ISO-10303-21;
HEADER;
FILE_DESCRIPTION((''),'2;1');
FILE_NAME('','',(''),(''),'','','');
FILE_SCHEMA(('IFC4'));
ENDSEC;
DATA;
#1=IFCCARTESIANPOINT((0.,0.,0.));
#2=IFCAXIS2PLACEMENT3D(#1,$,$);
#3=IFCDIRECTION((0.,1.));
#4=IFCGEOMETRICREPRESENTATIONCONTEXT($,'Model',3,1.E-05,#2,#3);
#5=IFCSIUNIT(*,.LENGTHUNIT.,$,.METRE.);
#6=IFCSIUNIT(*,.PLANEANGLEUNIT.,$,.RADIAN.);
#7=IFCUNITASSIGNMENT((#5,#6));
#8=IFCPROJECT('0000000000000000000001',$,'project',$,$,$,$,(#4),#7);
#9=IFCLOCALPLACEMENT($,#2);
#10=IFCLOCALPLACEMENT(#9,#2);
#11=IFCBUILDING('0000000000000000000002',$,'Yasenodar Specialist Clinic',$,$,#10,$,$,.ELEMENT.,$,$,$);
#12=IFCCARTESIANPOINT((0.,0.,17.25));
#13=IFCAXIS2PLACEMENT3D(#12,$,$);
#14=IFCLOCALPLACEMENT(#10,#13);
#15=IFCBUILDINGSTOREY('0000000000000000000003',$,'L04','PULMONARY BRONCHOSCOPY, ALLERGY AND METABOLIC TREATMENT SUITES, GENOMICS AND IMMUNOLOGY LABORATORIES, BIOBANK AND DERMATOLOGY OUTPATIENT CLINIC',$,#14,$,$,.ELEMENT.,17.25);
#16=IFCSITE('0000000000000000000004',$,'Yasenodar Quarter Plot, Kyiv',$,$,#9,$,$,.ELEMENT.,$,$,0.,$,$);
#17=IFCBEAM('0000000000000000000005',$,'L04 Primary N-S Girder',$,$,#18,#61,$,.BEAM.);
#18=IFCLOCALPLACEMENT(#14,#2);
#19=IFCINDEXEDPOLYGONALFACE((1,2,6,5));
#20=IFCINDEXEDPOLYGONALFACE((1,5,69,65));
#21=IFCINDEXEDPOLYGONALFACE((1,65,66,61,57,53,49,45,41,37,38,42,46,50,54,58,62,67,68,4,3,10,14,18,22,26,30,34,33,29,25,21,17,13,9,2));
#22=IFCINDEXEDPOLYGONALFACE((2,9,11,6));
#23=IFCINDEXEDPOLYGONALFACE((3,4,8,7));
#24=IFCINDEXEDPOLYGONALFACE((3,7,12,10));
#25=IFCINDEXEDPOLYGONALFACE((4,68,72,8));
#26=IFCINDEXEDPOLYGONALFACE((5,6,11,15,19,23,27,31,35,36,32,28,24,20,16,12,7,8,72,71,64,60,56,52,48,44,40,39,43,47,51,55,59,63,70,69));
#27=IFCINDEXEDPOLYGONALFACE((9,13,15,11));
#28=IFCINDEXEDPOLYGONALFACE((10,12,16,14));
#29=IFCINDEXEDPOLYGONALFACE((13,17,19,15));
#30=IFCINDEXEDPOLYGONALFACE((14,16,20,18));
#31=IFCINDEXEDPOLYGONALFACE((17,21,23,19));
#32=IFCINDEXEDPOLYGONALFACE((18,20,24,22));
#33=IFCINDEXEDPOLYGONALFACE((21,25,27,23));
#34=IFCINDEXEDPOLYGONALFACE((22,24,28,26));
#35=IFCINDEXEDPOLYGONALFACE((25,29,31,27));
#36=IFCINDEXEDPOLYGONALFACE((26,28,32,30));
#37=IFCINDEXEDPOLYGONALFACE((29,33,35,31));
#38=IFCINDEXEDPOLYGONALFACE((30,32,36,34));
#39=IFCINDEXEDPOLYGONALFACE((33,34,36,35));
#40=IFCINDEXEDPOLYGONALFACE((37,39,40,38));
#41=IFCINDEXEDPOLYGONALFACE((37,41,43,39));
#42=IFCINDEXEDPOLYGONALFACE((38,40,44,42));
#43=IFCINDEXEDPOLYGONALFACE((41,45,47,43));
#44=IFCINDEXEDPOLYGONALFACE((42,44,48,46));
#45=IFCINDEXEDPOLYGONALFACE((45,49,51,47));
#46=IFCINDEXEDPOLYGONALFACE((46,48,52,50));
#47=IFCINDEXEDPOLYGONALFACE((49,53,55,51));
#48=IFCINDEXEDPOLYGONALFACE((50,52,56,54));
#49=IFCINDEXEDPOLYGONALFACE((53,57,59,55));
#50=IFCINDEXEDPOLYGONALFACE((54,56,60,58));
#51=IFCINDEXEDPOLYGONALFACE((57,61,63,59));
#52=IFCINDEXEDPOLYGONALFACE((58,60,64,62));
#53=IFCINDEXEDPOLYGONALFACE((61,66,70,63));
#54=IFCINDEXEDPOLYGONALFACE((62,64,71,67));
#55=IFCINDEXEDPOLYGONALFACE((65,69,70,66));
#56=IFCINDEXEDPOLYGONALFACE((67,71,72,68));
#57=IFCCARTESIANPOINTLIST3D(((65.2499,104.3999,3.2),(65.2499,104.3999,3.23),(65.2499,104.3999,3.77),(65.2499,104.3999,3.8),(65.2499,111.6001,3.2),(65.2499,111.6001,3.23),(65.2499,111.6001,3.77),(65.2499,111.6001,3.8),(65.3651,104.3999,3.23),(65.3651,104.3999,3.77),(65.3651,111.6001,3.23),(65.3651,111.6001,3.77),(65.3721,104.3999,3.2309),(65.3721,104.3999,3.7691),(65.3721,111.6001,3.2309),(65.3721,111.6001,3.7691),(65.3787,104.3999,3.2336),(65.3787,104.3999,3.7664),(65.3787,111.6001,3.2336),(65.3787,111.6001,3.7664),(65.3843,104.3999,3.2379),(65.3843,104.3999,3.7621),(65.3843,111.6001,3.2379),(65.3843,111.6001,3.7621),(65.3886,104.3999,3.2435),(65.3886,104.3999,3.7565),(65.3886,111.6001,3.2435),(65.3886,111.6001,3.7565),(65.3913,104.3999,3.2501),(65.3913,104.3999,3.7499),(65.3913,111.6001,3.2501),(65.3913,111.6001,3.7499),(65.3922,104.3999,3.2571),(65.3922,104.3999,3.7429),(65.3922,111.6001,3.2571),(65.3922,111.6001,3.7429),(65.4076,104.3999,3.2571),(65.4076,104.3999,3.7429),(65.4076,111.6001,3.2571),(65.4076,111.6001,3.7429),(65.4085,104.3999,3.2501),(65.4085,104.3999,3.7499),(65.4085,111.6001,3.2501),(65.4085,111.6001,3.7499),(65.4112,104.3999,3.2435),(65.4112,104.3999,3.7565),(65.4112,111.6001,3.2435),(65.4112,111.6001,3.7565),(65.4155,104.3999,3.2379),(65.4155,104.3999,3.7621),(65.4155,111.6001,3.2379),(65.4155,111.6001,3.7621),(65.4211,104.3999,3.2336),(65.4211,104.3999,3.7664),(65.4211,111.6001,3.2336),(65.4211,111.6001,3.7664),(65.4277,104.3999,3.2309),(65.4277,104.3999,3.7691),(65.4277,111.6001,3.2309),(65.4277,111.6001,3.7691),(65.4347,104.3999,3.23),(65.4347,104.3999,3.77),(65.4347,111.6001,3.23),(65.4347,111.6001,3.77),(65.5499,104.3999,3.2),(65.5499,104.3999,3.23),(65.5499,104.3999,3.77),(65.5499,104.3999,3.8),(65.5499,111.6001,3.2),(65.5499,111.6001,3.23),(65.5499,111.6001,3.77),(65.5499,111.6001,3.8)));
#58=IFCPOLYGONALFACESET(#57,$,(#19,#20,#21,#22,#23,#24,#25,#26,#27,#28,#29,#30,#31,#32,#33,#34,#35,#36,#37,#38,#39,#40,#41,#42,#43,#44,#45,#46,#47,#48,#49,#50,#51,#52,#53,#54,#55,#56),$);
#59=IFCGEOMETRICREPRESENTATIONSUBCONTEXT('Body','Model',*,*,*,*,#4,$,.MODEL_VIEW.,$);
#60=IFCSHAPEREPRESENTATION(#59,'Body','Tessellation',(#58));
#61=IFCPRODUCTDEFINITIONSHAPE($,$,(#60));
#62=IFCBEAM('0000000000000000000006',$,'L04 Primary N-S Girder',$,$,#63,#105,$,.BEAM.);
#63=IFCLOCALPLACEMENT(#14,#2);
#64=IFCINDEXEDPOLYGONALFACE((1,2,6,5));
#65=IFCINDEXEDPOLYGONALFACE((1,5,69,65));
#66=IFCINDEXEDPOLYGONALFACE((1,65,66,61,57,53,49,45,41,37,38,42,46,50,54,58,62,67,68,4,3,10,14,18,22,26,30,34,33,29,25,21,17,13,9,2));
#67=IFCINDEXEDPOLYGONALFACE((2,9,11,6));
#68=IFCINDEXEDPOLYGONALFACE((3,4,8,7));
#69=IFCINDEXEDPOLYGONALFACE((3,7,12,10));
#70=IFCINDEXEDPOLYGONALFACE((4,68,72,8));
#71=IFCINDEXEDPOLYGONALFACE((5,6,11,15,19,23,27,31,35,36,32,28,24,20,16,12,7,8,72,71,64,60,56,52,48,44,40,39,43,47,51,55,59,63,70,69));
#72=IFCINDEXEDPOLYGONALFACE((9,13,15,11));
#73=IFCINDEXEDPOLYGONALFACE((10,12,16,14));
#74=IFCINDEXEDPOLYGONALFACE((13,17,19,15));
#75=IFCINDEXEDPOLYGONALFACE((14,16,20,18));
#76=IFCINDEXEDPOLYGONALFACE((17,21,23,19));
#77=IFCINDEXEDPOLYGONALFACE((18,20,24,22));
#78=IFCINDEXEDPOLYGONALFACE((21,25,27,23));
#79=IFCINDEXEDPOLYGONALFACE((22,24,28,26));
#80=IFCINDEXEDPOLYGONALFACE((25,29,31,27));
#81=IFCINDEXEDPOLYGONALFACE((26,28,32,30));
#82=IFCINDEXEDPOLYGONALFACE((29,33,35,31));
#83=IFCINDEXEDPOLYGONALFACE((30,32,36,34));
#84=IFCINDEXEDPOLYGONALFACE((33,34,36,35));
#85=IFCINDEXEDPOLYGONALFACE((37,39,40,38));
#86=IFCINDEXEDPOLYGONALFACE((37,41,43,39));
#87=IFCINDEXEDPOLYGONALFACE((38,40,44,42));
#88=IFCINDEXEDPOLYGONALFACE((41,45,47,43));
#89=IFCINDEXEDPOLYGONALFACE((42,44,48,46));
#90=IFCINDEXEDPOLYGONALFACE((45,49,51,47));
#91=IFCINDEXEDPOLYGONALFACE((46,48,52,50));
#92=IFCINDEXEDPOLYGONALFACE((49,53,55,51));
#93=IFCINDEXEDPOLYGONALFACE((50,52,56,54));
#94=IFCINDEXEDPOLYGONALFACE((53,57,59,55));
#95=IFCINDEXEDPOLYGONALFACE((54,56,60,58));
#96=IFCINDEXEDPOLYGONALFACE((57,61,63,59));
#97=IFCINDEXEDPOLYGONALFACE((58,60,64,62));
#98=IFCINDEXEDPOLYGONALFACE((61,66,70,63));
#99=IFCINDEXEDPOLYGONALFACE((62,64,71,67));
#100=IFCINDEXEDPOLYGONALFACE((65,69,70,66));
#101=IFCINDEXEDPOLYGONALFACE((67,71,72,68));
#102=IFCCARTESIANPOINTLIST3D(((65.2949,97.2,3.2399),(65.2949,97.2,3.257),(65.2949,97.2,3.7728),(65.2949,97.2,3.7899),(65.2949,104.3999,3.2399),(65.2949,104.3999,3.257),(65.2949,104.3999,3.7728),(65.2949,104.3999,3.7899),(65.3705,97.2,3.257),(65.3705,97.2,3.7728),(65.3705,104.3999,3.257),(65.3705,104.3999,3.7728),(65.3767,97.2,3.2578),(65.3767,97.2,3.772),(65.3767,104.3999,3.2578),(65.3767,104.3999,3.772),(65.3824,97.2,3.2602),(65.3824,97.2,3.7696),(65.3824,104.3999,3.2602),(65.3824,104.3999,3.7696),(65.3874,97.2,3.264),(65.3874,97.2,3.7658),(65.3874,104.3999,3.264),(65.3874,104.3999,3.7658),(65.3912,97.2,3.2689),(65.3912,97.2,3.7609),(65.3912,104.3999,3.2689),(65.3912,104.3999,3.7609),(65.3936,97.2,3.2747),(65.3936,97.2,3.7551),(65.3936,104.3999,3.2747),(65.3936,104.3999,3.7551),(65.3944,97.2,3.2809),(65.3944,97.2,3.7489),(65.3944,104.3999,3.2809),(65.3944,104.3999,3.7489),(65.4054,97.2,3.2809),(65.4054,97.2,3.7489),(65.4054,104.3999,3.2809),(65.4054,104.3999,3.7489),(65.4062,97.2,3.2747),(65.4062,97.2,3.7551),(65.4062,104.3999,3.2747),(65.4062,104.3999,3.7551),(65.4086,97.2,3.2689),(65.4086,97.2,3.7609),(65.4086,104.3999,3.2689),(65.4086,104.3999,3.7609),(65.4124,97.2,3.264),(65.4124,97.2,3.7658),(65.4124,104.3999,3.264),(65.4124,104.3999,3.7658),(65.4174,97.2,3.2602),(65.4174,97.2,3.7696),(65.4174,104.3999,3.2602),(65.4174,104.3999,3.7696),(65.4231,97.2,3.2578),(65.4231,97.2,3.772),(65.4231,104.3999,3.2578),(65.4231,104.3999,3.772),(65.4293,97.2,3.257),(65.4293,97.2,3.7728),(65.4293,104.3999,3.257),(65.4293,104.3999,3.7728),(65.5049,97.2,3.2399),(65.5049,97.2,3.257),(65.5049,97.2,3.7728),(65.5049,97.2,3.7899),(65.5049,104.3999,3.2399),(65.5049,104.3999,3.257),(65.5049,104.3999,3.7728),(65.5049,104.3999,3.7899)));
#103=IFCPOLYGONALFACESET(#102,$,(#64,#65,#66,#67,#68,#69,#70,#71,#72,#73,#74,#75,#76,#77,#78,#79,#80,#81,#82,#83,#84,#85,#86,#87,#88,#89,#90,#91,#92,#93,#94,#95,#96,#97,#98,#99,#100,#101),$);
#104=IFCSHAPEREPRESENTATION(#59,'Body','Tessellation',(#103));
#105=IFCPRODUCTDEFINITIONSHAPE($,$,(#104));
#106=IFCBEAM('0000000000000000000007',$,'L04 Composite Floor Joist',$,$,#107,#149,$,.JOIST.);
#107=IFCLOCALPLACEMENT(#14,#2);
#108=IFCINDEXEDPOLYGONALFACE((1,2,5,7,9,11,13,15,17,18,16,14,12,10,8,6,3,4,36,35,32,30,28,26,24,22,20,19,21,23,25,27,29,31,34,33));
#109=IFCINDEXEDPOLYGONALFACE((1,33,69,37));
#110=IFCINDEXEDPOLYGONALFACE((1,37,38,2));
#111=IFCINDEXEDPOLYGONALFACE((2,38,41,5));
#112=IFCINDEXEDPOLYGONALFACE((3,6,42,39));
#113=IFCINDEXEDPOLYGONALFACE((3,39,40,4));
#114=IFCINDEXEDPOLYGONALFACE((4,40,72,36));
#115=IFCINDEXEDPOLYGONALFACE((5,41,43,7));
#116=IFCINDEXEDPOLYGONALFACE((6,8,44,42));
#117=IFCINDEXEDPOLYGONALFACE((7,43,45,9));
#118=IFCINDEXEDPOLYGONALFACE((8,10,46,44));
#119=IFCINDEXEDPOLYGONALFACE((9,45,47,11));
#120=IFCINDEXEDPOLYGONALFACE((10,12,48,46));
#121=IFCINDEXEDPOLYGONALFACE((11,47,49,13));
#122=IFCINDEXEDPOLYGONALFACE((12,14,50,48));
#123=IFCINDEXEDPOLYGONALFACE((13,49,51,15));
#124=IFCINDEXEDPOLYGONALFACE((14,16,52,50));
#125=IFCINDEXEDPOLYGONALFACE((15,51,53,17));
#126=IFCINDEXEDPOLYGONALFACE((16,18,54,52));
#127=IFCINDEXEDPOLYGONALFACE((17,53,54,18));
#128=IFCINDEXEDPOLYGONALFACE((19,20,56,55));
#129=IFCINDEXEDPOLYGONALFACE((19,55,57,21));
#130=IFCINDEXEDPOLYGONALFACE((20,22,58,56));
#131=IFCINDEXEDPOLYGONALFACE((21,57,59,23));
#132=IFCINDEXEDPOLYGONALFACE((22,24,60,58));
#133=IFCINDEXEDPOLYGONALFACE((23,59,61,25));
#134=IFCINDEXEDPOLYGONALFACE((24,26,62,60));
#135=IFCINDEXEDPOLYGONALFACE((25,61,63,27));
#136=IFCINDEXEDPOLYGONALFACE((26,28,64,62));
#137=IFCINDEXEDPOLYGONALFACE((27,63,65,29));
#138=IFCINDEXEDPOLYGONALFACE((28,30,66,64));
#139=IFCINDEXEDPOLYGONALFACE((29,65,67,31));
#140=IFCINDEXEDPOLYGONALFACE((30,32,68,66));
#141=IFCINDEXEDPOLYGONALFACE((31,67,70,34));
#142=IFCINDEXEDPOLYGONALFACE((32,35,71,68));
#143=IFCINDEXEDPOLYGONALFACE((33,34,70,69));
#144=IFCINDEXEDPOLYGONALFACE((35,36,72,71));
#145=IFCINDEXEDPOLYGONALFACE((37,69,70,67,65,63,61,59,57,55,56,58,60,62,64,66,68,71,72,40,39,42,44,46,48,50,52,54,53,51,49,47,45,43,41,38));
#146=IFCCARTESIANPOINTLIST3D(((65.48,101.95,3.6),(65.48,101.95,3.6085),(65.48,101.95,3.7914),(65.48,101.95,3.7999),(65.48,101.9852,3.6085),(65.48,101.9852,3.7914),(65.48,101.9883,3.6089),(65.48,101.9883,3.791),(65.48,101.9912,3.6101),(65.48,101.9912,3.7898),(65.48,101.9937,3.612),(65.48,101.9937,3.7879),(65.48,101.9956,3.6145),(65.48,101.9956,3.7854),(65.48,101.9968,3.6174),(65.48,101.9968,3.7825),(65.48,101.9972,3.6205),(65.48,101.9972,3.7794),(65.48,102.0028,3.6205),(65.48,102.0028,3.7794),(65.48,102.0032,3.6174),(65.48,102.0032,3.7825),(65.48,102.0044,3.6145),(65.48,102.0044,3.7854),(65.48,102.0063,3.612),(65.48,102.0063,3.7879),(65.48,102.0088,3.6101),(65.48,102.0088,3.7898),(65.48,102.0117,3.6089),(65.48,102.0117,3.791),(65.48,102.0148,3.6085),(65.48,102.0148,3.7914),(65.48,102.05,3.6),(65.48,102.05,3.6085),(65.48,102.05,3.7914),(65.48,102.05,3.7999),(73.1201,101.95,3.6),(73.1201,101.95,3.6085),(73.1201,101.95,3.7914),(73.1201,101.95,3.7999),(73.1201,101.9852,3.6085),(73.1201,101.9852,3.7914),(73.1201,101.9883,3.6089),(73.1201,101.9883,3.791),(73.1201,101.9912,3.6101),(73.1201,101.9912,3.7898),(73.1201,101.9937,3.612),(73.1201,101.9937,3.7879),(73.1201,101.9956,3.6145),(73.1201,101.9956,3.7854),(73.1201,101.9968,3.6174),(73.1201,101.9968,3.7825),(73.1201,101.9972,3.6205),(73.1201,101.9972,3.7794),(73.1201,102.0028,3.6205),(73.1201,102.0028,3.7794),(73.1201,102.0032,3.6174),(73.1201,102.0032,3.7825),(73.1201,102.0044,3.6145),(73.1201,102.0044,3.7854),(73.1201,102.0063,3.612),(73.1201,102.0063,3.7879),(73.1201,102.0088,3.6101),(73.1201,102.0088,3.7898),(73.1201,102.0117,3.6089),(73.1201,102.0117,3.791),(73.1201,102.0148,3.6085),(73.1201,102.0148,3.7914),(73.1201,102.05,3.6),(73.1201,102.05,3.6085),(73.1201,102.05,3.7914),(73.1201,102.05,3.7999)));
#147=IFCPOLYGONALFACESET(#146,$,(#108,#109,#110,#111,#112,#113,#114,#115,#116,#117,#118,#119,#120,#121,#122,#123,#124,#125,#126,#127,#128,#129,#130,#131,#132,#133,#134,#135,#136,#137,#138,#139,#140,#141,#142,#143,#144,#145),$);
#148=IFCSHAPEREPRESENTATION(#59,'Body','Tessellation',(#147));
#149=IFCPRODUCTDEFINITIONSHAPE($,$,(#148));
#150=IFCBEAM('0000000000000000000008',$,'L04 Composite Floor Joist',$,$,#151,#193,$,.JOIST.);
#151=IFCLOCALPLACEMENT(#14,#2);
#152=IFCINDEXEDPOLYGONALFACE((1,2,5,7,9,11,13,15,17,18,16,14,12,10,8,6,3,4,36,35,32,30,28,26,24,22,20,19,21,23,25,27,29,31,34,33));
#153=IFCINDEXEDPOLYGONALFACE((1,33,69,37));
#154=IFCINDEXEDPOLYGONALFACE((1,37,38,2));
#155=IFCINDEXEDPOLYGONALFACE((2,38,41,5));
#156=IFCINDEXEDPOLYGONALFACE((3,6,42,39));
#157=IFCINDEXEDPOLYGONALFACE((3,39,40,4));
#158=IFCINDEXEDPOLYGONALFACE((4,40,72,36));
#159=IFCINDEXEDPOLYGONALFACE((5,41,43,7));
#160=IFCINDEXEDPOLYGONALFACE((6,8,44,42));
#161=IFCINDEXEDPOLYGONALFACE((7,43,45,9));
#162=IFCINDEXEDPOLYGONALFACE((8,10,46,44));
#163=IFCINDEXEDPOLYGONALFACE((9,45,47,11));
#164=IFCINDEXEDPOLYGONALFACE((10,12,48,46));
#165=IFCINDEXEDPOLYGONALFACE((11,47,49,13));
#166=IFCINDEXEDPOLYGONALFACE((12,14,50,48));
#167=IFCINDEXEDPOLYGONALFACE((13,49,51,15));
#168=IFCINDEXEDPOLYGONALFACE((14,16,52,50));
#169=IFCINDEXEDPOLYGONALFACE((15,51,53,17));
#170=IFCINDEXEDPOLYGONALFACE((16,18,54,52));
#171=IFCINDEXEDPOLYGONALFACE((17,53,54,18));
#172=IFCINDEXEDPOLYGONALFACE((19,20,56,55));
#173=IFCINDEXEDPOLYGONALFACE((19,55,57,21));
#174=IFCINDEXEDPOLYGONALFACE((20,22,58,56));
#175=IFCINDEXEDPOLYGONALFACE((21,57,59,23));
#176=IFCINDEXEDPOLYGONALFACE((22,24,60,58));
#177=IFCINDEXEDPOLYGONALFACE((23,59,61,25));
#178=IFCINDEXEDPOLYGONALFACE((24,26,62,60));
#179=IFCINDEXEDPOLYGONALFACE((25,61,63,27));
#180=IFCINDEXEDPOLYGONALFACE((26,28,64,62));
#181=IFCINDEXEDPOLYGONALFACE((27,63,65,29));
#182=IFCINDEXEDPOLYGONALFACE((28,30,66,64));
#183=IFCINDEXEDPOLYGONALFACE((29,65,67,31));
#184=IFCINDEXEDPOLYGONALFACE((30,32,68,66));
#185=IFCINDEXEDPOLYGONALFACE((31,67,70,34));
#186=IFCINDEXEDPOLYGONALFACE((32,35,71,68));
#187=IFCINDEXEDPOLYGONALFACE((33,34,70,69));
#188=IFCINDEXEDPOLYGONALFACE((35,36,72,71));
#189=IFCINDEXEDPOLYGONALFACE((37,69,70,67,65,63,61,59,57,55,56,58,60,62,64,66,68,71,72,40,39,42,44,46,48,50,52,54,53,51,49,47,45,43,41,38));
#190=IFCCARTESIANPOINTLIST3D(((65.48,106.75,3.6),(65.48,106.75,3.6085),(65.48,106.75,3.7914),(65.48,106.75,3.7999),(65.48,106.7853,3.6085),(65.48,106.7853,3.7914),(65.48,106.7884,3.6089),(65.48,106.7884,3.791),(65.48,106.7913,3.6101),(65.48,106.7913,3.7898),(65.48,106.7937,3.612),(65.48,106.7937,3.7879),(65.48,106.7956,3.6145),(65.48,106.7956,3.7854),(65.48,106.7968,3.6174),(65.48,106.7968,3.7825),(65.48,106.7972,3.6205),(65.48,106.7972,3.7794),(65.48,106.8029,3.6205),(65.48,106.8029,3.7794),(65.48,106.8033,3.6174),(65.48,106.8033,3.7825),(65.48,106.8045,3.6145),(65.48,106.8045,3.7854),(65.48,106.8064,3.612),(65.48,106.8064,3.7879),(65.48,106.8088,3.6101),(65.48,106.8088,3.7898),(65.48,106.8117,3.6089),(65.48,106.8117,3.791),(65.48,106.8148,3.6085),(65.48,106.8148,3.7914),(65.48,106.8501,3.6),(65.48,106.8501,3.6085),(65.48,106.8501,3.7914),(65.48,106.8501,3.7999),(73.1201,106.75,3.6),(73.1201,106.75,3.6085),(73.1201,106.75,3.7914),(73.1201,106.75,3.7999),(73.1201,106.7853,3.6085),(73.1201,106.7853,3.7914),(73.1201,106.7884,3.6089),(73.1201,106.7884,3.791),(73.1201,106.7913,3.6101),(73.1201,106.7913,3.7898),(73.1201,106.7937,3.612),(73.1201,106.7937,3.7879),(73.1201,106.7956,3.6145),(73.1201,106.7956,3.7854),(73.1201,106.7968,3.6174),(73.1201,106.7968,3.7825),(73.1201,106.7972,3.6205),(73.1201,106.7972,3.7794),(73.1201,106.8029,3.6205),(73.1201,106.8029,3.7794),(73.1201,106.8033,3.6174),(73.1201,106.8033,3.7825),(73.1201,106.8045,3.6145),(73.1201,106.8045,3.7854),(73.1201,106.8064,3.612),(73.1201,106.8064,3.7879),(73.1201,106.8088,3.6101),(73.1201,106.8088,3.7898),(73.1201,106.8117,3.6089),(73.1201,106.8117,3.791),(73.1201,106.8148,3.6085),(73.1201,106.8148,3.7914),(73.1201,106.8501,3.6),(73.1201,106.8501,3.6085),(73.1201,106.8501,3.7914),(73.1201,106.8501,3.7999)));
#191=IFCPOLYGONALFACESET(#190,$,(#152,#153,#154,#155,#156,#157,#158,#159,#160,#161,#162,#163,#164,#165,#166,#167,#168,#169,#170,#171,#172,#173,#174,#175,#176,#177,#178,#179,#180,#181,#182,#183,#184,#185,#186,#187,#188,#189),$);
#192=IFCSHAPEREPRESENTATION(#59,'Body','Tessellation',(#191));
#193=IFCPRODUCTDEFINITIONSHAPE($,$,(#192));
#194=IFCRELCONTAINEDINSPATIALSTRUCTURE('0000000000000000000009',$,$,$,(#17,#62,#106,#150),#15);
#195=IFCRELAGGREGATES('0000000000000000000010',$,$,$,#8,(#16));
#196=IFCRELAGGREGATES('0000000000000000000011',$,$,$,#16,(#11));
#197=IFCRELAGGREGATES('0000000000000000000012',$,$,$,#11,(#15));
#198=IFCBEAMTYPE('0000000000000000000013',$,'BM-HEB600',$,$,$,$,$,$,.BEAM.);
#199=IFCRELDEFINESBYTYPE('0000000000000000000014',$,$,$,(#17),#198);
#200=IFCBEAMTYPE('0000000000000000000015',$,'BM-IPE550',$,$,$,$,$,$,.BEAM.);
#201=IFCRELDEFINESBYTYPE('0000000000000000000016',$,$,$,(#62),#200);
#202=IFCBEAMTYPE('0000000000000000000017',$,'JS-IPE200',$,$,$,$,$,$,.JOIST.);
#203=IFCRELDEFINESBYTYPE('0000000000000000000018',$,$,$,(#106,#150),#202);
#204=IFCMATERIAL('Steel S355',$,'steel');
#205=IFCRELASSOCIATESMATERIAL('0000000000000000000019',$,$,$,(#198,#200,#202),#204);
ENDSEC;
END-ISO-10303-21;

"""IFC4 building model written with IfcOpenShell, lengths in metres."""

from ifc_helpers import new_model, si_unit, direction, frame, origin, origin_2d, place, context, subcontext, project, spatial, i_section, extrude, material, material_profile, profile_set, type_object, element, save


model = new_model("IFC4")

# Units and contexts
model_context = context("Model", 3, precision=1e-05, world=origin(), true_north=direction((0.0, 1.0)))
body_context = subcontext(model_context, "Body", "Model", "MODEL_VIEW")
ifc_project = project(units=[si_unit("LENGTHUNIT", "METRE"), si_unit("PLANEANGLEUNIT", "RADIAN")], contexts=[model_context])

# Site, building, storey
site_placement = place(None, origin())
site = spatial("IfcSite", under=ifc_project, at=site_placement, Name="Yasenodar Quarter Plot, Kyiv", CompositionType="ELEMENT", RefElevation=0.0)
building_placement = place(site_placement, origin())
building = spatial("IfcBuilding", under=site, at=building_placement, Name="Yasenodar Specialist Clinic", CompositionType="ELEMENT")
storey_placement = place(building_placement, frame((0.0, 0.0, 17.25)))
storey = spatial("IfcBuildingStorey", under=building, at=storey_placement, Name="L04", Description="PULMONARY BRONCHOSCOPY, ALLERGY AND METABOLIC TREATMENT SUITES, GENOMICS AND IMMUNOLOGY LABORATORIES, BIOBANK AND DERMATOLOGY OUTPATIENT CLINIC", CompositionType="ELEMENT", Elevation=17.25)

# Shared definitions
ifc_material_1 = material(Name="Steel S355", Category="steel")

# Beams
ifc_material_profile_1 = material_profile(ifc_material_1, i_section(OverallWidth=0.3, OverallDepth=0.6001, WebThickness=0.0154, FlangeThickness=0.03, FilletRadius=0.0271, at=origin_2d()), Name="HEB 600")
ifc_profile_set_1 = profile_set([ifc_material_profile_1], Name="Steel S355")
beam_type_1 = type_object("IfcBeamType", Name="BM-HEB600", PredefinedType="BEAM", material=ifc_profile_set_1)
beam_1_placement = place(storey_placement, frame((65.3999, 104.3999, 3.5), z_axis=(0.0, 1.0, 0.0), x_axis=(-1.0, 0.0, 0.0)))
element("IfcBeam", 1, at=beam_1_placement, inside=storey, type_object=beam_type_1, Name="L04 Primary N-S Girder", PredefinedType="BEAM", context=body_context, shape_type="SweptSolid", body=[
    extrude(i_section(OverallWidth=0.3, OverallDepth=0.6001, WebThickness=0.0154, FlangeThickness=0.03, FilletRadius=0.0271, at=origin_2d()), origin(), (0.0, 0.0, 1.0), 7.2002),
])
ifc_material_profile_2 = material_profile(ifc_material_1, i_section(OverallWidth=0.21, OverallDepth=0.55, WebThickness=0.011, FlangeThickness=0.0171, FilletRadius=0.0239, at=origin_2d()), Name="IPE 550")
ifc_profile_set_2 = profile_set([ifc_material_profile_2], Name="Steel S355")
beam_type_2 = type_object("IfcBeamType", Name="BM-IPE550", PredefinedType="BEAM", material=ifc_profile_set_2)
beam_2_placement = place(storey_placement, frame((65.3999, 97.2, 3.5149), z_axis=(0.0, 1.0, 0.0), x_axis=(-1.0, 0.0, 0.0)))
element("IfcBeam", 2, at=beam_2_placement, inside=storey, type_object=beam_type_2, Name="L04 Primary N-S Girder", PredefinedType="BEAM", context=body_context, shape_type="SweptSolid", body=[
    extrude(i_section(OverallWidth=0.21, OverallDepth=0.55, WebThickness=0.011, FlangeThickness=0.0171, FilletRadius=0.0239, at=origin_2d()), origin(), (0.0, 0.0, 1.0), 7.2),
])
ifc_material_profile_3 = material_profile(ifc_material_1, i_section(OverallWidth=0.1001, OverallDepth=0.2, WebThickness=0.0056, FlangeThickness=0.0085, FilletRadius=0.012, at=origin_2d()), Name="IPE 200")
ifc_profile_set_3 = profile_set([ifc_material_profile_3], Name="Steel S355")
beam_type_3 = type_object("IfcBeamType", Name="JS-IPE200", PredefinedType="JOIST", material=ifc_profile_set_3)
for number, where, z_axis, x_axis, name in (
    (3, (65.48, 102.0, 3.7), (1.0, 0.0, 0.0), (0.0, 1.0, 0.0), "L04 Composite Floor Joist"),
    (4, (65.48, 106.8, 3.7), (1.0, 0.0, 0.0), (0.0, 1.0, 0.0), "L04 Composite Floor Joist"),
):
    element("IfcBeam", number, at=place(storey_placement, frame(where, z_axis=z_axis, x_axis=x_axis)), inside=storey, type_object=beam_type_3, Name=name, PredefinedType="JOIST", context=body_context, shape_type="SweptSolid", body=[
        extrude(i_section(OverallWidth=0.1001, OverallDepth=0.2, WebThickness=0.0056, FlangeThickness=0.0085, FilletRadius=0.012, at=origin_2d()), origin(), (0.0, 0.0, 1.0), 7.6401),
    ])

save(model, "model.ifc")
